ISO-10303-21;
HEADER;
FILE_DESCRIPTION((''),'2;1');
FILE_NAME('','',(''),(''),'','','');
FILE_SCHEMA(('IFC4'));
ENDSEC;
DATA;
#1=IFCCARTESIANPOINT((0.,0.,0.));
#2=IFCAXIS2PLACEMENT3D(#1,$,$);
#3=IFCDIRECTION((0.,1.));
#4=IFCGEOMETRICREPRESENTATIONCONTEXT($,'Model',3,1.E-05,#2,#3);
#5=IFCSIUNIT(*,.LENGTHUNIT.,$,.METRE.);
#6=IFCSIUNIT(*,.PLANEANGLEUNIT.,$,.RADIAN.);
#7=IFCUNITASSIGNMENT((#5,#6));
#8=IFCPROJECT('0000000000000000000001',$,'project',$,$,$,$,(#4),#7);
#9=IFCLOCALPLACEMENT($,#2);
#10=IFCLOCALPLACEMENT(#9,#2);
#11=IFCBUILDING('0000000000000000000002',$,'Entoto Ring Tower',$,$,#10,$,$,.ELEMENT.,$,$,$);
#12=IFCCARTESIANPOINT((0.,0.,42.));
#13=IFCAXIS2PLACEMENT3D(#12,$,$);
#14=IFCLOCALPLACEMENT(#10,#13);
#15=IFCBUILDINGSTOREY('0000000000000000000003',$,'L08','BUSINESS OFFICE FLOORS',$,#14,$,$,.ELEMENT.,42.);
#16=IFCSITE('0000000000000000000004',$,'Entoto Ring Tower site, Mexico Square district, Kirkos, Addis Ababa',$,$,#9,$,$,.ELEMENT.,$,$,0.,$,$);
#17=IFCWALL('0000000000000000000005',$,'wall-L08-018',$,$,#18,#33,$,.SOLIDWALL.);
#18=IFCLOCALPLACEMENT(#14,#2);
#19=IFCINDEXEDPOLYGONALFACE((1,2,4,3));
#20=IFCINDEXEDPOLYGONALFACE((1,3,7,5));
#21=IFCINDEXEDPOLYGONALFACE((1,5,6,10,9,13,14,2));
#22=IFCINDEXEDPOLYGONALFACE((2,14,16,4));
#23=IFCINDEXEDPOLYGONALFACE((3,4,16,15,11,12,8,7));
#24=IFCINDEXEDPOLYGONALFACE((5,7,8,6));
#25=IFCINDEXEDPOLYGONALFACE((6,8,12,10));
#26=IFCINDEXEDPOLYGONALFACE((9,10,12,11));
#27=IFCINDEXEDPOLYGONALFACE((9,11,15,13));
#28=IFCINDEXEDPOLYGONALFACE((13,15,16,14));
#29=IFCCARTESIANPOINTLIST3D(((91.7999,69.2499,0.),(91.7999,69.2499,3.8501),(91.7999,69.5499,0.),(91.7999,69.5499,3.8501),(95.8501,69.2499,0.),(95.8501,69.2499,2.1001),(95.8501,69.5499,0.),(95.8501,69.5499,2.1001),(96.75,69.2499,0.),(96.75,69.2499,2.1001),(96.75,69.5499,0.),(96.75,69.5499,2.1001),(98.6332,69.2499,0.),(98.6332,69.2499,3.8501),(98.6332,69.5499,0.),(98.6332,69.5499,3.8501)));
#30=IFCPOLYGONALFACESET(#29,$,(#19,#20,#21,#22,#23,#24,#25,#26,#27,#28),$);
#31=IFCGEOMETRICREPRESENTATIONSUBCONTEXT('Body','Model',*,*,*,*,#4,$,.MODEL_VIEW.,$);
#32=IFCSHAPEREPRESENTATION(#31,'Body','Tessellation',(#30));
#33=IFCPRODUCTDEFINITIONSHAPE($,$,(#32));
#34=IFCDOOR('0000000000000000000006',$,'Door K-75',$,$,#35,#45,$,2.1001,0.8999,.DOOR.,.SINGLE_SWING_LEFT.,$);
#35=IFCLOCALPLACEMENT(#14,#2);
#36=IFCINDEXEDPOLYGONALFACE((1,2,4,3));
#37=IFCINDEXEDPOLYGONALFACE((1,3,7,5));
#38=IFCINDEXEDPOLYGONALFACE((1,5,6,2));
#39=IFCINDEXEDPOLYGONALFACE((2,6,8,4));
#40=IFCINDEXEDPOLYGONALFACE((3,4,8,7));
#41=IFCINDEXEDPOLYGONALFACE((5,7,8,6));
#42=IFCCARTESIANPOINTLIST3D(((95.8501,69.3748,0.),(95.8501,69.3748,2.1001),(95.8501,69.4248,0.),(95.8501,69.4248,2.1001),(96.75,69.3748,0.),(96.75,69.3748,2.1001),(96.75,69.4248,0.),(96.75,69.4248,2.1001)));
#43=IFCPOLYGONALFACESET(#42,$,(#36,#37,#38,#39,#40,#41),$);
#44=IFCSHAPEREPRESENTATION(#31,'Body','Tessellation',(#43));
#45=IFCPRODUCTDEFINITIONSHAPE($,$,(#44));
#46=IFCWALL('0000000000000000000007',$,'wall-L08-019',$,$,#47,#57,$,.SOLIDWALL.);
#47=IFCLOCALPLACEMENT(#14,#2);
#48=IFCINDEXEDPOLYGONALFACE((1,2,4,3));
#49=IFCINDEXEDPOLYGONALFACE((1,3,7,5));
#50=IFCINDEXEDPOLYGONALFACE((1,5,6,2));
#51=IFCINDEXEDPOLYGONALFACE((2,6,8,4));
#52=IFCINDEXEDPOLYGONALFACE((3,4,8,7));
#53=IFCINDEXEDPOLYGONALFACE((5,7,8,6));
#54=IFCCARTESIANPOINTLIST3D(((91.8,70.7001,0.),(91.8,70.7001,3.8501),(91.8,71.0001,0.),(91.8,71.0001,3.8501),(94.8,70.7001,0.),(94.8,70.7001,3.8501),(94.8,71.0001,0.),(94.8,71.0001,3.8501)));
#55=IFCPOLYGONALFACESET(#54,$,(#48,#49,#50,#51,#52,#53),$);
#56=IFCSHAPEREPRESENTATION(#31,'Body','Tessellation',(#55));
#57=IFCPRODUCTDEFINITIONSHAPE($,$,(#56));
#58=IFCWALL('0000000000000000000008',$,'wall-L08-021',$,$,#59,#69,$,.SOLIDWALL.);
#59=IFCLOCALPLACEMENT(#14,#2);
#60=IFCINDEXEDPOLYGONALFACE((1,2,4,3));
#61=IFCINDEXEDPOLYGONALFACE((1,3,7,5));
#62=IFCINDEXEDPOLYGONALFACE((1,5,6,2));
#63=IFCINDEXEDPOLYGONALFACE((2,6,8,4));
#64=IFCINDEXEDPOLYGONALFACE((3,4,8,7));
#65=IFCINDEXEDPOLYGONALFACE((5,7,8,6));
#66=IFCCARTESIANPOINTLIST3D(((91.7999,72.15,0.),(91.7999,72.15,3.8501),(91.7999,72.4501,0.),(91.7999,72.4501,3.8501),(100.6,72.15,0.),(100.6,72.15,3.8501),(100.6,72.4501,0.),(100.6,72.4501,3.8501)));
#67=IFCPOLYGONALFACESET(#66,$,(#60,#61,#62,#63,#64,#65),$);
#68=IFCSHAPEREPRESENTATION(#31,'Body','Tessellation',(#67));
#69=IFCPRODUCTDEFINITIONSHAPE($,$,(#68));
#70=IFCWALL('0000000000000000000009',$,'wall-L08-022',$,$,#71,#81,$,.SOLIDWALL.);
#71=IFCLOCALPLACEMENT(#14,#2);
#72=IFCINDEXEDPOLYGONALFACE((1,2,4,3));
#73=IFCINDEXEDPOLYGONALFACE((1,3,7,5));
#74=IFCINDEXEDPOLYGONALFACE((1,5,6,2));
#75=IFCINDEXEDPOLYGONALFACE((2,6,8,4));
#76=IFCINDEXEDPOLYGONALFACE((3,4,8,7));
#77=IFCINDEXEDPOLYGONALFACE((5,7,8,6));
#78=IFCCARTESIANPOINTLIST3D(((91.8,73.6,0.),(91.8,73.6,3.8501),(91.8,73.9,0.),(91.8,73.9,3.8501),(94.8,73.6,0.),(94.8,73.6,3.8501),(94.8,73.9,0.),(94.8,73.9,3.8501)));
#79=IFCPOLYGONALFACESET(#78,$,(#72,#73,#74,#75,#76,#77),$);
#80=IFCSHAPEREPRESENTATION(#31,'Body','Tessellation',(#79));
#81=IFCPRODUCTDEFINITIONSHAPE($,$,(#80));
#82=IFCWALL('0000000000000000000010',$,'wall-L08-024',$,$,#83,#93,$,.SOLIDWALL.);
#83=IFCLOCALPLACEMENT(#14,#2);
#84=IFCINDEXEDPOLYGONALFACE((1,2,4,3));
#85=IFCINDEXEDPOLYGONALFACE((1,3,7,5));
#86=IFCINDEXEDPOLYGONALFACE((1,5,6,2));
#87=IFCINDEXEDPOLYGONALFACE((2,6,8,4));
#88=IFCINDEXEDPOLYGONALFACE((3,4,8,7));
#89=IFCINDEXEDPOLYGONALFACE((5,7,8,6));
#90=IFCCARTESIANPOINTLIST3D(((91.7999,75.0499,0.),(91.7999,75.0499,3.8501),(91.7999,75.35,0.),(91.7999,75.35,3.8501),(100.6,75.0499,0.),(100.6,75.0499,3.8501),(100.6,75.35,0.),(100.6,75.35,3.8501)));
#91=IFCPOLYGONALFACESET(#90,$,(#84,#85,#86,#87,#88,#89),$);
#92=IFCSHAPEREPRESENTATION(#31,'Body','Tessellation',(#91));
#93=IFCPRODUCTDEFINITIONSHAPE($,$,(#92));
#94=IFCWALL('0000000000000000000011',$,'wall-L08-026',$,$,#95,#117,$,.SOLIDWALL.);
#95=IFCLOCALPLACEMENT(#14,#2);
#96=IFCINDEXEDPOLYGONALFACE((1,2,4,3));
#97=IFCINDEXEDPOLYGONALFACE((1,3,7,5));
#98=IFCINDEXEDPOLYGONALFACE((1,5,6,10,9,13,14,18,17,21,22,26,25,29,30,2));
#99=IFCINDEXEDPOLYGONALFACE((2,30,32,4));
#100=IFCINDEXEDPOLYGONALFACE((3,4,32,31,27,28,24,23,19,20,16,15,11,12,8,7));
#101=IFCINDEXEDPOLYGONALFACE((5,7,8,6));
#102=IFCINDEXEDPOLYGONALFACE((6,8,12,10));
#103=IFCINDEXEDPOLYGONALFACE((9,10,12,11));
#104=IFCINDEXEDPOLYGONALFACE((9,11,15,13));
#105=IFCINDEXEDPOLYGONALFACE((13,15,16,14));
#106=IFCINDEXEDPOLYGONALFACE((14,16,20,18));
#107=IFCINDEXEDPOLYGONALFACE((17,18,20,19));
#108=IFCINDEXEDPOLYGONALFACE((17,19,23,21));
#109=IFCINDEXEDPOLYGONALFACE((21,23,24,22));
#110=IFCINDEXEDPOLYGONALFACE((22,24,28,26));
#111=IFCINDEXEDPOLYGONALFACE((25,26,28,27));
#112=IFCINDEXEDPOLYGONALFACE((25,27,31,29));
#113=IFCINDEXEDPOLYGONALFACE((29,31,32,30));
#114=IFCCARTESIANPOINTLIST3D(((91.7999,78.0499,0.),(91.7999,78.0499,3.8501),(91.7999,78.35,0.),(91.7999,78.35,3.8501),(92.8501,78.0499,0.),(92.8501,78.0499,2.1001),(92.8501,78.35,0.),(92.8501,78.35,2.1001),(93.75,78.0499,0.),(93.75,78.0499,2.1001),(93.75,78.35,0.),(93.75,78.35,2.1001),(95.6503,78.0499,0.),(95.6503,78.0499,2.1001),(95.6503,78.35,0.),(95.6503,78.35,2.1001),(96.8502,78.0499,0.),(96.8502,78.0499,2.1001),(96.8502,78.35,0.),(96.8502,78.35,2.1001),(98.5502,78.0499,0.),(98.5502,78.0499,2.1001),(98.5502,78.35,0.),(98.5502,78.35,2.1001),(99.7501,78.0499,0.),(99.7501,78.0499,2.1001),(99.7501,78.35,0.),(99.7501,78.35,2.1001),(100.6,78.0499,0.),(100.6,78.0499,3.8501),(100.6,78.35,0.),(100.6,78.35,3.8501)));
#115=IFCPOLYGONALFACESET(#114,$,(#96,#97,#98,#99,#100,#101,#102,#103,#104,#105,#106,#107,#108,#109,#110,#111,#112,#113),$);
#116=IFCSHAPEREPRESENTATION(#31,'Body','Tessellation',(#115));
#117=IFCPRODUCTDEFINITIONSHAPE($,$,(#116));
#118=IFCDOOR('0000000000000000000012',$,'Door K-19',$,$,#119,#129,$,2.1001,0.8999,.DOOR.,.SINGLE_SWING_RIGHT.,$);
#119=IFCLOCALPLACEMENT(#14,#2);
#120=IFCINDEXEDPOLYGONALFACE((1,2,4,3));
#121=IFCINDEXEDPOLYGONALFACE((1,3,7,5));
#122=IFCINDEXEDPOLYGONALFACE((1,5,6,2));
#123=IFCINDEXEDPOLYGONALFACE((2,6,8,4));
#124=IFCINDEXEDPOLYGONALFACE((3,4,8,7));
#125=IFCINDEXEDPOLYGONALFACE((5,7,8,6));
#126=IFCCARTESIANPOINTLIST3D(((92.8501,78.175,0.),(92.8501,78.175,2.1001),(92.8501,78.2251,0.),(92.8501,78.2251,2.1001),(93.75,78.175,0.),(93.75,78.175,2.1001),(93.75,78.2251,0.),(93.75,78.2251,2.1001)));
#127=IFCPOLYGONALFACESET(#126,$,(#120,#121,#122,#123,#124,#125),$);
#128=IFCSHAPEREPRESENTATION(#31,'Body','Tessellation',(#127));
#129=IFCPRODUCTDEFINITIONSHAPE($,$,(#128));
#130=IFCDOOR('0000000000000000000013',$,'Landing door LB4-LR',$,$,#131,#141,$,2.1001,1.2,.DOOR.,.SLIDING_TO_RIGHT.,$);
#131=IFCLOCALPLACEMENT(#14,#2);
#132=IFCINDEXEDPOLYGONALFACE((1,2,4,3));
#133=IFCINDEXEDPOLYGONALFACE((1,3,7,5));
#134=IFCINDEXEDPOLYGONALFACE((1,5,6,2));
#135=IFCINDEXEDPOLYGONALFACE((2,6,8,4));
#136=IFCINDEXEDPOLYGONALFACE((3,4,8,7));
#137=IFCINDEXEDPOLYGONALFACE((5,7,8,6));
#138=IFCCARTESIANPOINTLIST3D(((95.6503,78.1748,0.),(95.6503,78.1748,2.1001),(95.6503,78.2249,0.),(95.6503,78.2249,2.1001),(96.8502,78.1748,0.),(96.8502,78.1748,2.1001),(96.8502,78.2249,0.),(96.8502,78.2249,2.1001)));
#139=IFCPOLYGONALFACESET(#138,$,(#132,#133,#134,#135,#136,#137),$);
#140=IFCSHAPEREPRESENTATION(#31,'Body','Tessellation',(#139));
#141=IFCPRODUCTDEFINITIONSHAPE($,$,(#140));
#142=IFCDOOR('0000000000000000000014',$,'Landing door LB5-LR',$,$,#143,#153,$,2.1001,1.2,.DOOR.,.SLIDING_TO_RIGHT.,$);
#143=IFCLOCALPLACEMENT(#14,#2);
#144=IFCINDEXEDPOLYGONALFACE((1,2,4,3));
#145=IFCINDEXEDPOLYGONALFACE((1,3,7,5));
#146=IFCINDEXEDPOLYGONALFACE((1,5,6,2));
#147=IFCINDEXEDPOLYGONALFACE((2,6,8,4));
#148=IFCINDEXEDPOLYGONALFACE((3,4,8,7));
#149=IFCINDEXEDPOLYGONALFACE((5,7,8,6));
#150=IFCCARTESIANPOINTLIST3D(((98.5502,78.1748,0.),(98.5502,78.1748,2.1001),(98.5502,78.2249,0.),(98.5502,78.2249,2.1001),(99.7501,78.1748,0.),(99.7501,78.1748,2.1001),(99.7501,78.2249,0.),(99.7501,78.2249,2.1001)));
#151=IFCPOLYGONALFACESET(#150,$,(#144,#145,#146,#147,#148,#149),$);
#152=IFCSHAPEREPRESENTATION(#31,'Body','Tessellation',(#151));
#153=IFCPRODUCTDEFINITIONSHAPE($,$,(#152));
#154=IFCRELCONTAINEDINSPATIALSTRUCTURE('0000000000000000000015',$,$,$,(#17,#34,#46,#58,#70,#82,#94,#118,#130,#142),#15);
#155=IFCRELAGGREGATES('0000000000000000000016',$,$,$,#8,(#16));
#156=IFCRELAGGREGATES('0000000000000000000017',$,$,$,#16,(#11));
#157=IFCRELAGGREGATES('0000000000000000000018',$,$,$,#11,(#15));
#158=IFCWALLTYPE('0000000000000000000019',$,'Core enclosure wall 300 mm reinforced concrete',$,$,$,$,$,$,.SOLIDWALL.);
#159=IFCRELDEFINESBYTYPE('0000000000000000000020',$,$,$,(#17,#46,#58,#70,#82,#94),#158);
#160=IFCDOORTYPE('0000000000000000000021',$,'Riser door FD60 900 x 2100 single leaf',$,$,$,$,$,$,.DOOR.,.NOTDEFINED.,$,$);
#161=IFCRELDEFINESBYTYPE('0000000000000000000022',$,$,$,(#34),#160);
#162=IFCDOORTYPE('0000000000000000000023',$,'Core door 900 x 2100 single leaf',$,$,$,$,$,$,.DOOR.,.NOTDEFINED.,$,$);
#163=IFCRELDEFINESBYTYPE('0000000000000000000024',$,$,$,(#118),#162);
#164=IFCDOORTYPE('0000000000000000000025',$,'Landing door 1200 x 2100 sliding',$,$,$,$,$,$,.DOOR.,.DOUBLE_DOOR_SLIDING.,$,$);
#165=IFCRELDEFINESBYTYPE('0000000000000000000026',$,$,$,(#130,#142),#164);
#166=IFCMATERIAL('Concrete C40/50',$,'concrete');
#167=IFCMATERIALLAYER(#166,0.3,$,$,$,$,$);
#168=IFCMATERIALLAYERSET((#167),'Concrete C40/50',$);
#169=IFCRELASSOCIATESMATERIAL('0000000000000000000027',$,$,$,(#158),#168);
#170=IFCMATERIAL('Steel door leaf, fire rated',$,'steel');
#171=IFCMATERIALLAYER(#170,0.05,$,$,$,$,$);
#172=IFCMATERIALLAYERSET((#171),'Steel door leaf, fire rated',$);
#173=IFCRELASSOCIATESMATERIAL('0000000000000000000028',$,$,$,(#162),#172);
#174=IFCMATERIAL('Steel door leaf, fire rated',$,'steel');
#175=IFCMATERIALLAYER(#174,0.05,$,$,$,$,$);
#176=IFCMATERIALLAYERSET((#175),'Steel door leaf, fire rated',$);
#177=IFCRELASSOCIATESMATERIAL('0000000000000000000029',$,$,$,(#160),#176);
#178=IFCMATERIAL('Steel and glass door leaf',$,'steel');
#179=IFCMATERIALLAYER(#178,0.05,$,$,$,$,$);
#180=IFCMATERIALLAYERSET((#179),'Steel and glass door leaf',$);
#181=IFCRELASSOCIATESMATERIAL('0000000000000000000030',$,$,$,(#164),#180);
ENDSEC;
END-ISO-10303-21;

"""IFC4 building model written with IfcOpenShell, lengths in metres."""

from ifc_helpers import new_model, si_unit, direction, frame, frame_2d, origin, place, context, subcontext, project, spatial, rectangle, extrude, material, layer, layer_set, type_object, element, fill, save


model = new_model("IFC4")

# Units and contexts
model_context = context("Model", 3, precision=1e-05, world=origin(), true_north=direction((0.0, 1.0)))
body_context = subcontext(model_context, "Body", "Model", "MODEL_VIEW")
ifc_project = project(units=[si_unit("LENGTHUNIT", "METRE"), si_unit("PLANEANGLEUNIT", "RADIAN")], contexts=[model_context])

# Site, building, storey
site_placement = place(None, origin())
site = spatial("IfcSite", under=ifc_project, at=site_placement, Name="Entoto Ring Tower site, Mexico Square district, Kirkos, Addis Ababa", CompositionType="ELEMENT", RefElevation=0.0)
building_placement = place(site_placement, origin())
building = spatial("IfcBuilding", under=site, at=building_placement, Name="Entoto Ring Tower", CompositionType="ELEMENT")
storey_placement = place(building_placement, frame((0.0, 0.0, 42.0)))
storey = spatial("IfcBuildingStorey", under=building, at=storey_placement, Name="L08", Description="BUSINESS OFFICE FLOORS", CompositionType="ELEMENT", Elevation=42.0)

# Shared definitions
ifc_material_1 = material(Name="Concrete C40/50", Category="concrete")
ifc_layer_1 = layer(ifc_material_1, 0.3)
ifc_layer_set_1 = layer_set([ifc_layer_1], Name="Concrete C40/50")
wall_type = type_object("IfcWallType", Name="Core enclosure wall 300 mm reinforced concrete", PredefinedType="SOLIDWALL", material=ifc_layer_set_1)

# Shared definitions
ifc_material_2 = material(Name="Steel door leaf, fire rated", Category="steel")
ifc_layer_2 = layer(ifc_material_2, 0.05)
ifc_layer_set_2 = layer_set([ifc_layer_2], Name="Steel door leaf, fire rated")
door_type_1 = type_object("IfcDoorType", Name="Core door 900 x 2100 single leaf", OperationType="NOTDEFINED", PredefinedType="DOOR", material=ifc_layer_set_2)

# Wall, opening, door
wall_1_placement = place(storey_placement, frame((91.8, 69.3999, 0.0), z_axis=(0.0, 0.0, 1.0), x_axis=(1.0, 0.0, 0.0)))
wall_1 = element("IfcWall", 1, at=wall_1_placement, inside=storey, type_object=wall_type, Name="wall-L08-018", PredefinedType="SOLIDWALL", context=body_context, shape_type="SweptSolid", body=[
    extrude(rectangle(XDim=6.8333, YDim=0.3, at=frame_2d((3.4165, 0.0))), origin(), (0.0, 0.0, 1.0), 3.8501),
])
opening_1_placement = place(wall_1_placement, frame((4.05, 0.0, 0.0)))
opening_1 = element("IfcOpeningElement", 2, at=opening_1_placement, cuts=wall_1, PredefinedType="OPENING", context=body_context, shape_type="SweptSolid", body=[
    extrude(rectangle(XDim=0.8999, YDim=2.1001, at=frame_2d((0.45, 1.05))), frame((0.0, 0.1602, 0.0), z_axis=(0.0, -1.0, 0.0), x_axis=(1.0, 0.0, 0.0)), (0.0, 0.0, 1.0), 0.3201),
])
ifc_material_3 = material(Name="Steel door leaf, fire rated", Category="steel")
ifc_layer_3 = layer(ifc_material_3, 0.05)
ifc_layer_set_3 = layer_set([ifc_layer_3], Name="Steel door leaf, fire rated")
door_type_2 = type_object("IfcDoorType", Name="Riser door FD60 900 x 2100 single leaf", OperationType="NOTDEFINED", PredefinedType="DOOR", material=ifc_layer_set_3)
door_1_placement = place(opening_1_placement, origin())
door_1 = element("IfcDoor", 3, at=door_1_placement, inside=storey, type_object=door_type_2, Name="Door K-75", OperationType="SINGLE_SWING_LEFT", OverallHeight=2.1001, OverallWidth=0.8999, PredefinedType="DOOR", context=body_context, shape_type="SweptSolid", body=[
    extrude(rectangle(XDim=0.8999, YDim=2.1001, at=frame_2d((0.45, 1.05))), frame((0.0, 0.0249, 0.0), z_axis=(0.0, -1.0, 0.0), x_axis=(1.0, 0.0, 0.0)), (0.0, 0.0, 1.0), 0.05),
])
fill(opening_1, door_1)

# Walls
wall_2_placement = place(storey_placement, frame((91.8, 70.8501, 0.0), z_axis=(0.0, 0.0, 1.0), x_axis=(1.0, 0.0, 0.0)))
element("IfcWall", 4, at=wall_2_placement, inside=storey, type_object=wall_type, Name="wall-L08-019", PredefinedType="SOLIDWALL", context=body_context, shape_type="SweptSolid", body=[
    extrude(rectangle(XDim=3.0, YDim=0.3, at=frame_2d((1.5, 0.0))), origin(), (0.0, 0.0, 1.0), 3.8501),
])
wall_3_placement = place(storey_placement, frame((91.8, 72.3, 0.0), z_axis=(0.0, 0.0, 1.0), x_axis=(1.0, 0.0, 0.0)))
element("IfcWall", 5, at=wall_3_placement, inside=storey, type_object=wall_type, Name="wall-L08-021", PredefinedType="SOLIDWALL", context=body_context, shape_type="SweptSolid", body=[
    extrude(rectangle(XDim=8.8, YDim=0.3, at=frame_2d((4.3999, 0.0))), origin(), (0.0, 0.0, 1.0), 3.8501),
])
wall_4_placement = place(storey_placement, frame((91.8, 73.75, 0.0), z_axis=(0.0, 0.0, 1.0), x_axis=(1.0, 0.0, 0.0)))
element("IfcWall", 6, at=wall_4_placement, inside=storey, type_object=wall_type, Name="wall-L08-022", PredefinedType="SOLIDWALL", context=body_context, shape_type="SweptSolid", body=[
    extrude(rectangle(XDim=3.0, YDim=0.3, at=frame_2d((1.5, 0.0))), origin(), (0.0, 0.0, 1.0), 3.8501),
])
wall_5_placement = place(storey_placement, frame((91.8, 75.2, 0.0), z_axis=(0.0, 0.0, 1.0), x_axis=(1.0, 0.0, 0.0)))
element("IfcWall", 7, at=wall_5_placement, inside=storey, type_object=wall_type, Name="wall-L08-024", PredefinedType="SOLIDWALL", context=body_context, shape_type="SweptSolid", body=[
    extrude(rectangle(XDim=8.8, YDim=0.3, at=frame_2d((4.3999, 0.0))), origin(), (0.0, 0.0, 1.0), 3.8501),
])

# Wall, openings, doors
wall_6_placement = place(storey_placement, frame((91.8, 78.2, 0.0), z_axis=(0.0, 0.0, 1.0), x_axis=(1.0, 0.0, 0.0)))
wall_6 = element("IfcWall", 8, at=wall_6_placement, inside=storey, type_object=wall_type, Name="wall-L08-026", PredefinedType="SOLIDWALL", context=body_context, shape_type="SweptSolid", body=[
    extrude(rectangle(XDim=8.8, YDim=0.3, at=frame_2d((4.3999, 0.0))), origin(), (0.0, 0.0, 1.0), 3.8501),
])
opening_2_placement = place(wall_6_placement, frame((3.8501, 0.0, 0.0)))
opening_2 = element("IfcOpeningElement", 9, at=opening_2_placement, cuts=wall_6, PredefinedType="OPENING", context=body_context, shape_type="SweptSolid", body=[
    extrude(rectangle(XDim=1.2, YDim=2.1001, at=frame_2d((0.6001, 1.05))), frame((0.0, 0.1602, 0.0), z_axis=(0.0, -1.0, 0.0), x_axis=(1.0, 0.0, 0.0)), (0.0, 0.0, 1.0), 0.3201),
])
opening_3_placement = place(wall_6_placement, frame((6.75, 0.0, 0.0)))
opening_3 = element("IfcOpeningElement", 10, at=opening_3_placement, cuts=wall_6, PredefinedType="OPENING", context=body_context, shape_type="SweptSolid", body=[
    extrude(rectangle(XDim=1.2, YDim=2.1001, at=frame_2d((0.6001, 1.05))), frame((0.0, 0.1602, 0.0), z_axis=(0.0, -1.0, 0.0), x_axis=(1.0, 0.0, 0.0)), (0.0, 0.0, 1.0), 0.3201),
])
opening_4_placement = place(wall_6_placement, frame((1.05, 0.0, 0.0)))
opening_4 = element("IfcOpeningElement", 11, at=opening_4_placement, cuts=wall_6, PredefinedType="OPENING", context=body_context, shape_type="SweptSolid", body=[
    extrude(rectangle(XDim=0.8999, YDim=2.1001, at=frame_2d((0.45, 1.05))), frame((0.0, 0.1602, 0.0), z_axis=(0.0, -1.0, 0.0), x_axis=(1.0, 0.0, 0.0)), (0.0, 0.0, 1.0), 0.3201),
])
door_2_placement = place(opening_4_placement, frame((0.8999, 0.0, 0.0), z_axis=(0.0, 0.0, 1.0), x_axis=(-1.0, 0.0, 0.0)))
door_2 = element("IfcDoor", 12, at=door_2_placement, inside=storey, type_object=door_type_1, Name="Door K-19", OperationType="SINGLE_SWING_RIGHT", OverallHeight=2.1001, OverallWidth=0.8999, PredefinedType="DOOR", context=body_context, shape_type="SweptSolid", body=[
    extrude(rectangle(XDim=0.8999, YDim=2.1001, at=frame_2d((0.45, 1.05))), frame((0.0, 0.0249, 0.0), z_axis=(0.0, -1.0, 0.0), x_axis=(1.0, 0.0, 0.0)), (0.0, 0.0, 1.0), 0.05),
])
fill(opening_4, door_2)
ifc_material_4 = material(Name="Steel and glass door leaf", Category="steel")
ifc_layer_4 = layer(ifc_material_4, 0.05)
ifc_layer_set_4 = layer_set([ifc_layer_4], Name="Steel and glass door leaf")
door_type_3 = type_object("IfcDoorType", Name="Landing door 1200 x 2100 sliding", OperationType="DOUBLE_DOOR_SLIDING", PredefinedType="DOOR", material=ifc_layer_set_4)
door_3_placement = place(opening_2_placement, origin())
door_3 = element("IfcDoor", 13, at=door_3_placement, inside=storey, type_object=door_type_3, Name="Landing door LB4-LR", OperationType="SLIDING_TO_RIGHT", OverallHeight=2.1001, OverallWidth=1.2, PredefinedType="DOOR", context=body_context, shape_type="SweptSolid", body=[
    extrude(rectangle(XDim=1.2, YDim=2.1001, at=frame_2d((0.6001, 1.05))), frame((0.0, 0.0249, 0.0), z_axis=(0.0, -1.0, 0.0), x_axis=(1.0, 0.0, 0.0)), (0.0, 0.0, 1.0), 0.05),
])
fill(opening_2, door_3)
door_4_placement = place(opening_3_placement, origin())
door_4 = element("IfcDoor", 14, at=door_4_placement, inside=storey, type_object=door_type_3, Name="Landing door LB5-LR", OperationType="SLIDING_TO_RIGHT", OverallHeight=2.1001, OverallWidth=1.2, PredefinedType="DOOR", context=body_context, shape_type="SweptSolid", body=[
    extrude(rectangle(XDim=1.2, YDim=2.1001, at=frame_2d((0.6001, 1.05))), frame((0.0, 0.0249, 0.0), z_axis=(0.0, -1.0, 0.0), x_axis=(1.0, 0.0, 0.0)), (0.0, 0.0, 1.0), 0.05),
])
fill(opening_3, door_4)

save(model, "model.ifc")
